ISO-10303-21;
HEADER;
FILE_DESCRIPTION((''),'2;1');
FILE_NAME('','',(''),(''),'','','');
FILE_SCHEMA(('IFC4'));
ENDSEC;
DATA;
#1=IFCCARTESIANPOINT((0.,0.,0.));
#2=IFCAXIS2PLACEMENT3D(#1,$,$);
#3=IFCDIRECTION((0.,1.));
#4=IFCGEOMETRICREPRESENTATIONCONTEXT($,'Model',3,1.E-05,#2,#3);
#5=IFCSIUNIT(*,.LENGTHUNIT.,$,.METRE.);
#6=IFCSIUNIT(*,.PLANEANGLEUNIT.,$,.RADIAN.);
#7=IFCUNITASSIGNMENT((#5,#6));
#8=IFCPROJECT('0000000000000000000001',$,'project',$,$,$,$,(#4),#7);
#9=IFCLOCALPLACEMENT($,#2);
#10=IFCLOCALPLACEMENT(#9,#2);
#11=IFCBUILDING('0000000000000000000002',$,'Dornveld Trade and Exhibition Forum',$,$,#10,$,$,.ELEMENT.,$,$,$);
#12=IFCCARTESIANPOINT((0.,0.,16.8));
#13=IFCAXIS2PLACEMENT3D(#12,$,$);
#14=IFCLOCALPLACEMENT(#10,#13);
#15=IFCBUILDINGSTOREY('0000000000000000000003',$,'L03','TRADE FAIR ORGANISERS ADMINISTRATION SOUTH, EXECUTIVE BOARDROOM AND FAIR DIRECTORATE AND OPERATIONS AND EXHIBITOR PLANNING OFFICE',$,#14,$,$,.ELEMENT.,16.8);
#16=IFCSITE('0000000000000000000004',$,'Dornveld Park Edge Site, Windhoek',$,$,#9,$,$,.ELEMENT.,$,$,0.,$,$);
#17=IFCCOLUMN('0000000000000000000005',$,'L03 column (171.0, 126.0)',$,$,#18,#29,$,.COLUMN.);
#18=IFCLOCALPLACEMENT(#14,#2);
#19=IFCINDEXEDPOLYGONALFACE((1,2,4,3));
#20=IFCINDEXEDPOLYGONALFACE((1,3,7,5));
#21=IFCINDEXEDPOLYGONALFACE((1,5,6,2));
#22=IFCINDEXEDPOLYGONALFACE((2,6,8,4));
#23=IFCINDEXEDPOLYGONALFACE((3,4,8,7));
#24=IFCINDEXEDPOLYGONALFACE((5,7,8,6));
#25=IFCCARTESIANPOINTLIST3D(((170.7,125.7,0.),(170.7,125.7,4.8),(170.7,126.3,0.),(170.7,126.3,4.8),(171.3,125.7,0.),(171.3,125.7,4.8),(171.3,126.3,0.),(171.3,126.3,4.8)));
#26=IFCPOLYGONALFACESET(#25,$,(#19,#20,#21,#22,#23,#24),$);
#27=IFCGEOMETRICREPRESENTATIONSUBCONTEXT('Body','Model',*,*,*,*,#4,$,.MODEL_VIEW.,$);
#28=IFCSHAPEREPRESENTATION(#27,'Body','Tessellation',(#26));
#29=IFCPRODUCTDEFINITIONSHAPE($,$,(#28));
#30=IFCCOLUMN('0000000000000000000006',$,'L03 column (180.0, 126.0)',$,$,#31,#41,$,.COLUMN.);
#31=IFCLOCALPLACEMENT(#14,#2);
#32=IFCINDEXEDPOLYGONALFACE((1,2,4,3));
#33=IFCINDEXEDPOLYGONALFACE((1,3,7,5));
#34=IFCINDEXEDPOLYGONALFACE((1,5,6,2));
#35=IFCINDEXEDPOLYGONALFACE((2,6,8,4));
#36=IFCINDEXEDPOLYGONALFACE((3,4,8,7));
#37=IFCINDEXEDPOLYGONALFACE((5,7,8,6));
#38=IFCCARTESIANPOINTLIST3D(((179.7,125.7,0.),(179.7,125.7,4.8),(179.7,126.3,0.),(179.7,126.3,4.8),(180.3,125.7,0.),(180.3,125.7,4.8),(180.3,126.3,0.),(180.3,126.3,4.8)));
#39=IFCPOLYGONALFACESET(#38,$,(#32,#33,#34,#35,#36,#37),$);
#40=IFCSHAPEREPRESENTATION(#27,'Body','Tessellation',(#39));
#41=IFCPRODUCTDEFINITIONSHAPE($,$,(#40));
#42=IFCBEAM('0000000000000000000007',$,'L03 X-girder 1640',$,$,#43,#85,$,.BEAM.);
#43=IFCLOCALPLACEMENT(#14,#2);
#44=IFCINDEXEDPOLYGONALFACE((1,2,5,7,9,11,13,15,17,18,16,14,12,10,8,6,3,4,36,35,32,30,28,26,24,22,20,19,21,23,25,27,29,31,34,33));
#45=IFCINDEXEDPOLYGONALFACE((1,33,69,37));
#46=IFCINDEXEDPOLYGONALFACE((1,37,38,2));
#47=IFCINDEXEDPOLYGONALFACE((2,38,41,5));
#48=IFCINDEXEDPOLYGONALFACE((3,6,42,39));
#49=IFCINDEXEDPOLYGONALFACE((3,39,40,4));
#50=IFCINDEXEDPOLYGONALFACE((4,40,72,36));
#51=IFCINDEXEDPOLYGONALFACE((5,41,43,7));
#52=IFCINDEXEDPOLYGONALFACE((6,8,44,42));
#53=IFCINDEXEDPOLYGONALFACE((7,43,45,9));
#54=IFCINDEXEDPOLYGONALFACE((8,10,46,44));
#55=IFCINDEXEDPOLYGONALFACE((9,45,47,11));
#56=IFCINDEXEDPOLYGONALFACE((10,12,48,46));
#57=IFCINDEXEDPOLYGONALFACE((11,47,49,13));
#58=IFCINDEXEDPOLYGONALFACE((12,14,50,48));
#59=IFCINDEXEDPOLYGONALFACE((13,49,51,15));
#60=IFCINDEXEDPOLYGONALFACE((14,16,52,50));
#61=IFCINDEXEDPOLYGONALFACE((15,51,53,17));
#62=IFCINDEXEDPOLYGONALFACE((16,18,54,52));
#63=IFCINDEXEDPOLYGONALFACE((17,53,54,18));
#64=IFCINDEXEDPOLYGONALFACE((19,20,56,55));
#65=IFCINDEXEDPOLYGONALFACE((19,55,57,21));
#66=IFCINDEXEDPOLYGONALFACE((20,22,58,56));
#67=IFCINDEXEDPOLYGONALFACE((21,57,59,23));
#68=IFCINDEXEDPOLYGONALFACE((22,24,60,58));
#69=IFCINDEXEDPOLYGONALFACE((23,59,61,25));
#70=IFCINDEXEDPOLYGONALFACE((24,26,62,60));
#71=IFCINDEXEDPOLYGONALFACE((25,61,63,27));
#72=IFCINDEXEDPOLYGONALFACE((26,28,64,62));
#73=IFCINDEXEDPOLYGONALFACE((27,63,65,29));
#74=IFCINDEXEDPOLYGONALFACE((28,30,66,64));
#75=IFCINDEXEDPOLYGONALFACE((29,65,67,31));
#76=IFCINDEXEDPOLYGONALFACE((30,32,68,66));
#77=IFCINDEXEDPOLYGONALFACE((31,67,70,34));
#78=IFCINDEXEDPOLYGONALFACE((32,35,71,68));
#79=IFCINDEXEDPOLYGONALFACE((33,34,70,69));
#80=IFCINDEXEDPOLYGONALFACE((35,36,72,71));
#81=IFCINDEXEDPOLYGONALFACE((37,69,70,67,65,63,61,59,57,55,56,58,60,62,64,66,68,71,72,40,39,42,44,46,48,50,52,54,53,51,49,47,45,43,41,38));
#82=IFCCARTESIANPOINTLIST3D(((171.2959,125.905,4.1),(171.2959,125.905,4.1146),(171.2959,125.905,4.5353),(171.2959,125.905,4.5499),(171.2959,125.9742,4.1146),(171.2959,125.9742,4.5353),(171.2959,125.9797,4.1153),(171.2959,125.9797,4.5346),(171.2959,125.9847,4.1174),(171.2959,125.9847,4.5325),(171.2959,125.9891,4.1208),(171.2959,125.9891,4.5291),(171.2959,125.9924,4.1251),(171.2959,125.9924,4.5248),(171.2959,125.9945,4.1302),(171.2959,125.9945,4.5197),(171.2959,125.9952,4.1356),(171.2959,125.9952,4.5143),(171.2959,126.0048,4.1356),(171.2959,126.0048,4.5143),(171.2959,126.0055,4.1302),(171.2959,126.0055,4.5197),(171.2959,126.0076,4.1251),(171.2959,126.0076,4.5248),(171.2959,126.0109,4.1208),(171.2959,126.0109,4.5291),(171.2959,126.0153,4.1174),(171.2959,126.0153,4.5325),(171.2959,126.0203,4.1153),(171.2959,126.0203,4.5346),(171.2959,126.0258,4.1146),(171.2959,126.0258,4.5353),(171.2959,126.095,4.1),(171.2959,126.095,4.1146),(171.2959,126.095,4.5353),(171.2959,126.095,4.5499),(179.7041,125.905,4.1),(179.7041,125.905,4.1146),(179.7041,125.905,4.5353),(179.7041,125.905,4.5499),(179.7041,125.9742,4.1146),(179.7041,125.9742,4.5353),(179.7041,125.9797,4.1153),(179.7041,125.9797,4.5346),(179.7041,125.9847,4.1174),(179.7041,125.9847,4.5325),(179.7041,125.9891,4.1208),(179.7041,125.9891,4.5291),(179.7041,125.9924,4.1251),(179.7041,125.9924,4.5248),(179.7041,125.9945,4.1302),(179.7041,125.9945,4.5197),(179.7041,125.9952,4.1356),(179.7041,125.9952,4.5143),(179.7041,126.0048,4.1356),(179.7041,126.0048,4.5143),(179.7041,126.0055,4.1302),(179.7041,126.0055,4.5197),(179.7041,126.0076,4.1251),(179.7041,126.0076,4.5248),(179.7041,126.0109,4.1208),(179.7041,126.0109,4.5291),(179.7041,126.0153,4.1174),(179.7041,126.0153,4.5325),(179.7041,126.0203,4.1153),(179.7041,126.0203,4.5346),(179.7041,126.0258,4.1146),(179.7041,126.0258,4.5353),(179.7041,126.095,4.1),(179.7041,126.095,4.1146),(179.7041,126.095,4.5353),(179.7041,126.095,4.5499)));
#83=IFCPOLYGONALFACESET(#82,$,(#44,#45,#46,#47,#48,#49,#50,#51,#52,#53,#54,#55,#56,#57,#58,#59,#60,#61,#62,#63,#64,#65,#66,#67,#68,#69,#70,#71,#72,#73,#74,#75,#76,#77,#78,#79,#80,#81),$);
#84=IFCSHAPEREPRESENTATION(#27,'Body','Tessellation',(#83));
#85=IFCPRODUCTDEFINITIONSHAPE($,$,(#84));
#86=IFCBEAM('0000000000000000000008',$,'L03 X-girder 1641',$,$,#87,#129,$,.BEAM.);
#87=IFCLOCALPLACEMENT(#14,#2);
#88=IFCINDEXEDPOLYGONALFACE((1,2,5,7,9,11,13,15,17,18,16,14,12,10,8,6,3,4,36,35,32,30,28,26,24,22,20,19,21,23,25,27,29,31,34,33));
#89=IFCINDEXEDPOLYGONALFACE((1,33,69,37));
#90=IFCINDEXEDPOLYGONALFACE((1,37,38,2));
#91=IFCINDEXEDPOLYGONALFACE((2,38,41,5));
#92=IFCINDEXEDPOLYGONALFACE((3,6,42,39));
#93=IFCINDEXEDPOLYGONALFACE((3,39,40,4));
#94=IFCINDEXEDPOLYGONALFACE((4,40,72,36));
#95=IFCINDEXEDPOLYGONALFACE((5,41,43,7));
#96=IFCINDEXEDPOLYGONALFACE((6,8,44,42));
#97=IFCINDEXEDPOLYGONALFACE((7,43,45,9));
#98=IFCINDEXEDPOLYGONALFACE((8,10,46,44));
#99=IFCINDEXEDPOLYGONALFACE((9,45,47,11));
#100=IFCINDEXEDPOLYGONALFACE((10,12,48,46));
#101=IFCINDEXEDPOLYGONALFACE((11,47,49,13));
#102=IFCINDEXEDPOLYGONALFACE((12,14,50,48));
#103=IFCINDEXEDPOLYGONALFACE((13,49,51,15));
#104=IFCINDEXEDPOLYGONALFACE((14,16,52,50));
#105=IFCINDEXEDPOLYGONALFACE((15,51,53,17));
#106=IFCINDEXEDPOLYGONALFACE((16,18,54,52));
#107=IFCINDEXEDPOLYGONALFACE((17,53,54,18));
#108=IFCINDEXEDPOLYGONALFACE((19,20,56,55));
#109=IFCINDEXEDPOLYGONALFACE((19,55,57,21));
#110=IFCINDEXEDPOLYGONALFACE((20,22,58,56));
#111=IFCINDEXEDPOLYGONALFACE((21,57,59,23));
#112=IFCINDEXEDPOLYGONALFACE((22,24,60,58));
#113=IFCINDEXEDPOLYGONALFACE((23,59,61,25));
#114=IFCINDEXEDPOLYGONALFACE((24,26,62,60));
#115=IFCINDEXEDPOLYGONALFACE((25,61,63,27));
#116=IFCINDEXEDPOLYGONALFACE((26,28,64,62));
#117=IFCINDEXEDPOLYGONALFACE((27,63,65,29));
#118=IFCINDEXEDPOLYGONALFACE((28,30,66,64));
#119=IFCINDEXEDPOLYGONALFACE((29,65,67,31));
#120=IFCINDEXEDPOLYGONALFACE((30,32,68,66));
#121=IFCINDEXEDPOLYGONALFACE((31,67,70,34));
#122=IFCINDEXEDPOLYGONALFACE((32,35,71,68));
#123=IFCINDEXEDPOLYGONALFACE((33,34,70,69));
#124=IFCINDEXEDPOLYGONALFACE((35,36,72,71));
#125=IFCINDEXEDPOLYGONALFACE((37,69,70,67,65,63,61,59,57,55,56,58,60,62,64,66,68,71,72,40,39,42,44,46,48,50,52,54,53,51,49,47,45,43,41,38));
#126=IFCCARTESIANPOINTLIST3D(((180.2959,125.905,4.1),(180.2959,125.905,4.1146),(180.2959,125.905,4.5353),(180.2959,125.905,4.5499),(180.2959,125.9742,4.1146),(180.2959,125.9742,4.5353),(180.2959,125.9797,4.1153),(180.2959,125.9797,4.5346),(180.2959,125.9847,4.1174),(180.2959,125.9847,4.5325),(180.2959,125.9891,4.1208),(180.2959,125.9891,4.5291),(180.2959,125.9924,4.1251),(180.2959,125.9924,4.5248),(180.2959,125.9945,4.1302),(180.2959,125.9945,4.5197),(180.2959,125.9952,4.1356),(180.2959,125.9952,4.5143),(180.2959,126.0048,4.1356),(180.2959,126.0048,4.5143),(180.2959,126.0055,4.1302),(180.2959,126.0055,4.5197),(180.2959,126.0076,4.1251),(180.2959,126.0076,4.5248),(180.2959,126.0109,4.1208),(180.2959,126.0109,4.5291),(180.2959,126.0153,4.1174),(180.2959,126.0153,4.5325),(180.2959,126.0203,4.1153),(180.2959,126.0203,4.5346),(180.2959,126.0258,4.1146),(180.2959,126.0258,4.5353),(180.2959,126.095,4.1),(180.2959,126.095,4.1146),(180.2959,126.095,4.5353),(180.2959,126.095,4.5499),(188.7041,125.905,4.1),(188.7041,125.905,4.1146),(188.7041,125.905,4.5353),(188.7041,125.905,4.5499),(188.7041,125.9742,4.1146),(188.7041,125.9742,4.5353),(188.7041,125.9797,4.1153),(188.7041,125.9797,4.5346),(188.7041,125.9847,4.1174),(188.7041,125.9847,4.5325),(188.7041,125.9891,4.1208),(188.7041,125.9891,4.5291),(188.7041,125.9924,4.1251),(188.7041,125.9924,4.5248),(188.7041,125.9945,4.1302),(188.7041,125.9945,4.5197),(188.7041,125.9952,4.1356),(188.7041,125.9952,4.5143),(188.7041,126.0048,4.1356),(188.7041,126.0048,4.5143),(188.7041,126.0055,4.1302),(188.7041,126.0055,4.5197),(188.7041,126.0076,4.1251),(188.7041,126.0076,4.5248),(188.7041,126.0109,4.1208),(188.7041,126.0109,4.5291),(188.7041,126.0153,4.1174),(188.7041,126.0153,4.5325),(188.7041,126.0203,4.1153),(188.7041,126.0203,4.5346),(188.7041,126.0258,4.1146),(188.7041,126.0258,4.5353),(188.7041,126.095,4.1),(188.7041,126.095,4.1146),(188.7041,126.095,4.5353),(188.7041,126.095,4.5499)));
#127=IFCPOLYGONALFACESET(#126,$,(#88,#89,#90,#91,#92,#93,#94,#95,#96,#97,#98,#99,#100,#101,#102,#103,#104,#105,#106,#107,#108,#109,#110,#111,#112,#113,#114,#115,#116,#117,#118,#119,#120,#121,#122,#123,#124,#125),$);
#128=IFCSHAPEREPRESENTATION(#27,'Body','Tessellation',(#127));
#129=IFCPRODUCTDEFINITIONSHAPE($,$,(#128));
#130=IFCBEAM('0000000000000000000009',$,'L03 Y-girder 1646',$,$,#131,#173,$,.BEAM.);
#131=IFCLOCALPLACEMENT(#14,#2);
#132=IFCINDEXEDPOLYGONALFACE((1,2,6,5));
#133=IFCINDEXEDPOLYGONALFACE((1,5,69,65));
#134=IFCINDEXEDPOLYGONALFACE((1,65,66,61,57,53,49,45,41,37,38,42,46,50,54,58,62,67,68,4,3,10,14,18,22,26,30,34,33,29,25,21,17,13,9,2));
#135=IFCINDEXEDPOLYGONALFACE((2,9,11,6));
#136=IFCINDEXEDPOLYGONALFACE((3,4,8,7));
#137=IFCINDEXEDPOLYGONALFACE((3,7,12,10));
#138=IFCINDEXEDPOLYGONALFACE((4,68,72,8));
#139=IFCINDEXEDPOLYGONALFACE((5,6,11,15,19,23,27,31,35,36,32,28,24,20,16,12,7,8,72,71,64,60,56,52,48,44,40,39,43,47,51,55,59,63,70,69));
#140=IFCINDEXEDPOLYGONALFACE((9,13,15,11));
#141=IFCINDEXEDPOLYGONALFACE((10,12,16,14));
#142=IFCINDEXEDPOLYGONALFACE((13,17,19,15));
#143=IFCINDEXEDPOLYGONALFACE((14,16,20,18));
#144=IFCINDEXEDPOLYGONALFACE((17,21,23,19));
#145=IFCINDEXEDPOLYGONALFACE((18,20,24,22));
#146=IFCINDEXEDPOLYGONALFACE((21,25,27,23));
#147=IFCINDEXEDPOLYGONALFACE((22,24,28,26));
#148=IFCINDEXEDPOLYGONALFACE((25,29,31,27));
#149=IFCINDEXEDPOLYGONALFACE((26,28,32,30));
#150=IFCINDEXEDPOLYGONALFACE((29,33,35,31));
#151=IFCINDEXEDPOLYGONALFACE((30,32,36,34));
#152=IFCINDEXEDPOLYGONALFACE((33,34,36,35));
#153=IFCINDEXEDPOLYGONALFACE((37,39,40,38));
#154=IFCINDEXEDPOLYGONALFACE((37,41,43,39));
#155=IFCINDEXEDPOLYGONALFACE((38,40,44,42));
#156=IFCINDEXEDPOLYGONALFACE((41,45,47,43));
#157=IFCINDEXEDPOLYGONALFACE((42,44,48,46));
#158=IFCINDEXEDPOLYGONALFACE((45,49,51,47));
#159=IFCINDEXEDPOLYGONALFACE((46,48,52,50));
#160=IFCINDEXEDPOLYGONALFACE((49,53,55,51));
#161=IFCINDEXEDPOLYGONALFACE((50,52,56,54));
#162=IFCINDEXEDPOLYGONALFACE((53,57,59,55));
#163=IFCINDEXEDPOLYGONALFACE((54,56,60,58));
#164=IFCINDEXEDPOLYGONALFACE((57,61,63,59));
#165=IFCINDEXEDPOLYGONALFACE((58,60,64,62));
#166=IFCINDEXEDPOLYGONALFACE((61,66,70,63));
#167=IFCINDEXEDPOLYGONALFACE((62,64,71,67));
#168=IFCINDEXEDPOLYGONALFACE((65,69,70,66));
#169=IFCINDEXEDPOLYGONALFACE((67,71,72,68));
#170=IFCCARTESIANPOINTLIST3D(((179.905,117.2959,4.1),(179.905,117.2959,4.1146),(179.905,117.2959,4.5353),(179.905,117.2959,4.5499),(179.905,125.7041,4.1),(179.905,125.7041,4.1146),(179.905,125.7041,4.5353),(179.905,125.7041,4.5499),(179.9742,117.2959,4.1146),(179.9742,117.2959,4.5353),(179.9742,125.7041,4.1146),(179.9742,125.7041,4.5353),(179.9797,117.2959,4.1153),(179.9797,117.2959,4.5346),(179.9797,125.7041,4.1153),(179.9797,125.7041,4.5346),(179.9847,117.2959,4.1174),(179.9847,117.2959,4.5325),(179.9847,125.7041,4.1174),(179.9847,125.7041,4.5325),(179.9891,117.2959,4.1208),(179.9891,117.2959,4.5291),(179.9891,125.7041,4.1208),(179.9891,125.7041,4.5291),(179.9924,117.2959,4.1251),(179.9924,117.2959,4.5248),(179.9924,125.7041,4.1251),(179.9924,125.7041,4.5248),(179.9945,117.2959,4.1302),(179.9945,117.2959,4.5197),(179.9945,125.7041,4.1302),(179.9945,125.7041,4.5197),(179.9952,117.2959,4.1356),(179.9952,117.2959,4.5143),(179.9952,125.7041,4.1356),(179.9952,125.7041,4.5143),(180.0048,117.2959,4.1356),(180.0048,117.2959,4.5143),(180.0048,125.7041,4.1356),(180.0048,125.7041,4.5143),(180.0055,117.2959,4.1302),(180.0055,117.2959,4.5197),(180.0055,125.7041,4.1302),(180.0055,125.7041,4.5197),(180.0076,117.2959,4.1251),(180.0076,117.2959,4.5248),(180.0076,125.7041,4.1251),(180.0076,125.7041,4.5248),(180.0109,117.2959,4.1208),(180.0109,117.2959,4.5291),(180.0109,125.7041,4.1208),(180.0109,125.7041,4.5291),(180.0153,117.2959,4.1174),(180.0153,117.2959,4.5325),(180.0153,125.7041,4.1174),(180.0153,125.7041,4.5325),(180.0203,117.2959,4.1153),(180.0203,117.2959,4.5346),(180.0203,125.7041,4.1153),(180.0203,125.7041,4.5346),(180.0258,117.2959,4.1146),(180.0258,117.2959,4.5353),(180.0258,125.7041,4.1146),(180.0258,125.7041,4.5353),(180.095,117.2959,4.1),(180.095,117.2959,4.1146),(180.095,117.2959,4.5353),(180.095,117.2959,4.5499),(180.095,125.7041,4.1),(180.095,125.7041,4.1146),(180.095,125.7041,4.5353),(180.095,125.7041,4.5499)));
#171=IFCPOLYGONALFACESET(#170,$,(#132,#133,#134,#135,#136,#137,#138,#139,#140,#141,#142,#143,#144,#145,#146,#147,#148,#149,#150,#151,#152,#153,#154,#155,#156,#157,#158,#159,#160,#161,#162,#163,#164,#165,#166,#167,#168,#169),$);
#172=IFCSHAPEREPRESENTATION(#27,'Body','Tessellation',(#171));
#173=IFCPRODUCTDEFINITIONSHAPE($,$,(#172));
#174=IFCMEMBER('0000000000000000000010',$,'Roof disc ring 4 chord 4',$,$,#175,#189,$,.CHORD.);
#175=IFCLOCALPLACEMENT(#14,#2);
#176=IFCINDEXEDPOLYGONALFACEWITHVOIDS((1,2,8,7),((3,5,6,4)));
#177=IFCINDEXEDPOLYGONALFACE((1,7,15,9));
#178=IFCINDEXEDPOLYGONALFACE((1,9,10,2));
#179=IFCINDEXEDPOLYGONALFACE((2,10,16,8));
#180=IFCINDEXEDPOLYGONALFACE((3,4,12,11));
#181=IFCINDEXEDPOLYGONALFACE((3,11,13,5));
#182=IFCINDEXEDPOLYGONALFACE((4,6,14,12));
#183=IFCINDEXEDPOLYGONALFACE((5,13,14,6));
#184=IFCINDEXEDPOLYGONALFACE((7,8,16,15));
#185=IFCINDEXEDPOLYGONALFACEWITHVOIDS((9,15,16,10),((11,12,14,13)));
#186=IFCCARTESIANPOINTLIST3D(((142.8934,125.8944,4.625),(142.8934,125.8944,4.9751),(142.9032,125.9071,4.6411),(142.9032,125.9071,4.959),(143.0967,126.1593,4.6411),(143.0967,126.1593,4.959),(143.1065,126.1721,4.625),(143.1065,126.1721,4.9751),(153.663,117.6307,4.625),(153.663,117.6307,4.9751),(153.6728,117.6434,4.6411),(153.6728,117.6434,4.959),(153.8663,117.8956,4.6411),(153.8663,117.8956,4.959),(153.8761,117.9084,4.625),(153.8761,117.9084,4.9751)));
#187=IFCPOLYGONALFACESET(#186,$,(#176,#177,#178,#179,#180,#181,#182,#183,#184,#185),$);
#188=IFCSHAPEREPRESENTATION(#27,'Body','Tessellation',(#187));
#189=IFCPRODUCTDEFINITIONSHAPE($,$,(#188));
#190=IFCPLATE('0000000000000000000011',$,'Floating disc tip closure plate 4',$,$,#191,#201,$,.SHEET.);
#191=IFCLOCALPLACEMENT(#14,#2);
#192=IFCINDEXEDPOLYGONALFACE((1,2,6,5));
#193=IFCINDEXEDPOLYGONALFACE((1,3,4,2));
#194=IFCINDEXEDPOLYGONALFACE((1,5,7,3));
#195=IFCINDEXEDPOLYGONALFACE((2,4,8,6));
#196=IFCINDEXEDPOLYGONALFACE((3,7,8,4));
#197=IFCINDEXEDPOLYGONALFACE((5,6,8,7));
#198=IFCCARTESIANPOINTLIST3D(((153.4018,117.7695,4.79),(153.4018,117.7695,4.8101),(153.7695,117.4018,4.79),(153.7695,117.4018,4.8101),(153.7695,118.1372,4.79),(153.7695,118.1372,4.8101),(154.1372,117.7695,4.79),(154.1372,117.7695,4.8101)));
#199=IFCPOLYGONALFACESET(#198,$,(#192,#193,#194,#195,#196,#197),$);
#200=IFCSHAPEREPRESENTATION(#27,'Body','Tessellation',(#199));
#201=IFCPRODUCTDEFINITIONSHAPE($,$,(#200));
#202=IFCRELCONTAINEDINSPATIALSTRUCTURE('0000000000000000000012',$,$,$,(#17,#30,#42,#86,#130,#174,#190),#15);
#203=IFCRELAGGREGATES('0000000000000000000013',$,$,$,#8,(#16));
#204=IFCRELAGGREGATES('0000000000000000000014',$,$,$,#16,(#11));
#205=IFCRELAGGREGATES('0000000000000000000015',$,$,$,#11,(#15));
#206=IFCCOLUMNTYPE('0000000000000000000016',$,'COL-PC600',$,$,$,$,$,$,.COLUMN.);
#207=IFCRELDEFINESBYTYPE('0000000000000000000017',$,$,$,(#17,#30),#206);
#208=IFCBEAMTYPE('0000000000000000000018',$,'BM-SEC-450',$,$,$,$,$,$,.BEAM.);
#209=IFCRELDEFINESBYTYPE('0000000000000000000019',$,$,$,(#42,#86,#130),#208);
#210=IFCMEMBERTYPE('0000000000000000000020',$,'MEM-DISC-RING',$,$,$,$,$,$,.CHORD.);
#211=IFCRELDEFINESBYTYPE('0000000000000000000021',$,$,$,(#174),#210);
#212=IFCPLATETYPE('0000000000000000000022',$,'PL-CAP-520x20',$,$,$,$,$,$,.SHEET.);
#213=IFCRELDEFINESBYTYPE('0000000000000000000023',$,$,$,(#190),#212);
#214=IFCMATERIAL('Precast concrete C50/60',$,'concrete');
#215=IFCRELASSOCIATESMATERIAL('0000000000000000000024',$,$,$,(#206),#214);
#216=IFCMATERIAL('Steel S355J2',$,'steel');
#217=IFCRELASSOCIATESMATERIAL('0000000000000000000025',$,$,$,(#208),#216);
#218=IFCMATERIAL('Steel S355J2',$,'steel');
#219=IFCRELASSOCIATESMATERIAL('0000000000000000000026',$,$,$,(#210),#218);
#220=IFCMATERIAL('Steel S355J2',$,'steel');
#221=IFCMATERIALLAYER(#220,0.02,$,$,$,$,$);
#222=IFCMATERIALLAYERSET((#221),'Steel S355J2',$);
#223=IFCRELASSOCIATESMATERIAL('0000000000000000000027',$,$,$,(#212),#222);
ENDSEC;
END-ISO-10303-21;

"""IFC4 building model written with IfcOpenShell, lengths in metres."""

from ifc_helpers import new_model, si_unit, direction, frame, origin, origin_2d, place, context, subcontext, project, spatial, rectangle, hollow_rectangle, i_section, extrude, material, layer, layer_set, material_profile, profile_set, type_object, element, save


model = new_model("IFC4")

# Units and contexts
model_context = context("Model", 3, precision=1e-05, world=origin(), true_north=direction((0.0, 1.0)))
body_context = subcontext(model_context, "Body", "Model", "MODEL_VIEW")
ifc_project = project(units=[si_unit("LENGTHUNIT", "METRE"), si_unit("PLANEANGLEUNIT", "RADIAN")], contexts=[model_context])

# Site, building, storey
site_placement = place(None, origin())
site = spatial("IfcSite", under=ifc_project, at=site_placement, Name="Dornveld Park Edge Site, Windhoek", CompositionType="ELEMENT", RefElevation=0.0)
building_placement = place(site_placement, origin())
building = spatial("IfcBuilding", under=site, at=building_placement, Name="Dornveld Trade and Exhibition Forum", CompositionType="ELEMENT")
storey_placement = place(building_placement, frame((0.0, 0.0, 16.8)))
storey = spatial("IfcBuildingStorey", under=building, at=storey_placement, Name="L03", Description="TRADE FAIR ORGANISERS ADMINISTRATION SOUTH, EXECUTIVE BOARDROOM AND FAIR DIRECTORATE AND OPERATIONS AND EXHIBITOR PLANNING OFFICE", CompositionType="ELEMENT", Elevation=16.8)

# Columns
ifc_material_1 = material(Name="Precast concrete C50/60", Category="concrete")
ifc_material_profile_1 = material_profile(ifc_material_1, rectangle(XDim=0.6001, YDim=0.6001, at=origin_2d()), Name="PC-COL 600x600")
ifc_profile_set_1 = profile_set([ifc_material_profile_1], Name="Precast concrete C50/60")
column_type = type_object("IfcColumnType", Name="COL-PC600", PredefinedType="COLUMN", material=ifc_profile_set_1)
for number, where, z_axis, x_axis, name in (
    (1, (171.0, 126.0, 0.0), (0.0, 0.0, 1.0), (1.0, 0.0, 0.0), "L03 column (171.0, 126.0)"),
    (2, (180.0, 126.0, 0.0), (0.0, 0.0, 1.0), (1.0, 0.0, 0.0), "L03 column (180.0, 126.0)"),
):
    element("IfcColumn", number, at=place(storey_placement, frame(where, z_axis=z_axis, x_axis=x_axis)), inside=storey, type_object=column_type, Name=name, PredefinedType="COLUMN", context=body_context, shape_type="SweptSolid", body=[
        extrude(rectangle(XDim=0.6001, YDim=0.6001, at=origin_2d()), origin(), (0.0, 0.0, 1.0), 4.8),
    ])

# Beams
ifc_material_2 = material(Name="Steel S355J2", Category="steel")
ifc_material_profile_2 = material_profile(ifc_material_2, i_section(OverallWidth=0.1899, OverallDepth=0.45, WebThickness=0.0095, FlangeThickness=0.0146, FilletRadius=0.021, at=origin_2d()), Name="IPE 450")
ifc_profile_set_2 = profile_set([ifc_material_profile_2], Name="Steel S355J2")
beam_type = type_object("IfcBeamType", Name="BM-SEC-450", PredefinedType="BEAM", material=ifc_profile_set_2)
for number, where, z_axis, x_axis, name in (
    (3, (171.2959, 126.0, 4.325), (1.0, 0.0, 0.0), (0.0, 1.0, 0.0), "L03 X-girder 1640"),
    (4, (180.2959, 126.0, 4.325), (1.0, 0.0, 0.0), (0.0, 1.0, 0.0), "L03 X-girder 1641"),
    (5, (180.0, 117.2959, 4.325), (0.0, 1.0, 0.0), (-1.0, 0.0, 0.0), "L03 Y-girder 1646"),
):
    element("IfcBeam", number, at=place(storey_placement, frame(where, z_axis=z_axis, x_axis=x_axis)), inside=storey, type_object=beam_type, Name=name, PredefinedType="BEAM", context=body_context, shape_type="SweptSolid", body=[
        extrude(i_section(OverallWidth=0.1899, OverallDepth=0.45, WebThickness=0.0095, FlangeThickness=0.0146, FilletRadius=0.021, at=origin_2d()), origin(), (0.0, 0.0, 1.0), 8.4082),
    ])

# Member
ifc_material_3 = material(Name="Steel S355J2", Category="steel")
ifc_material_profile_3 = material_profile(ifc_material_3, hollow_rectangle(XDim=0.3501, YDim=0.3501, WallThickness=0.0161, at=origin_2d()), Name="SHS 350x350x16")
ifc_profile_set_3 = profile_set([ifc_material_profile_3], Name="Steel S355J2")
member_type = type_object("IfcMemberType", Name="MEM-DISC-RING", PredefinedType="CHORD", material=ifc_profile_set_3)
member_placement = place(storey_placement, frame((153.7695, 117.7695, 4.8), z_axis=(-0.793356, 0.608758, 0.0), x_axis=(-0.608758, -0.793356, 0.0)))
element("IfcMember", 6, at=member_placement, inside=storey, type_object=member_type, Name="Roof disc ring 4 chord 4", PredefinedType="CHORD", context=body_context, shape_type="SweptSolid", body=[
    extrude(hollow_rectangle(XDim=0.3501, YDim=0.3501, WallThickness=0.0161, at=origin_2d()), origin(), (0.0, 0.0, 1.0), 13.5747),
])

# Plate
ifc_material_4 = material(Name="Steel S355J2", Category="steel")
ifc_layer_1 = layer(ifc_material_4, 0.02)
ifc_layer_set_1 = layer_set([ifc_layer_1], Name="Steel S355J2")
plate_type = type_object("IfcPlateType", Name="PL-CAP-520x20", PredefinedType="SHEET", material=ifc_layer_set_1)
plate_1_placement = place(storey_placement, frame((153.7695, 117.7695, 4.79), z_axis=(0.0, 0.0, 1.0), x_axis=(0.707107, 0.707107, 0.0)))
element("IfcPlate", 7, at=plate_1_placement, inside=storey, type_object=plate_type, Name="Floating disc tip closure plate 4", PredefinedType="SHEET", context=body_context, shape_type="SweptSolid", body=[
    extrude(rectangle(XDim=0.52, YDim=0.52, at=origin_2d()), origin(), (0.0, 0.0, 1.0), 0.02),
])

save(model, "model.ifc")
